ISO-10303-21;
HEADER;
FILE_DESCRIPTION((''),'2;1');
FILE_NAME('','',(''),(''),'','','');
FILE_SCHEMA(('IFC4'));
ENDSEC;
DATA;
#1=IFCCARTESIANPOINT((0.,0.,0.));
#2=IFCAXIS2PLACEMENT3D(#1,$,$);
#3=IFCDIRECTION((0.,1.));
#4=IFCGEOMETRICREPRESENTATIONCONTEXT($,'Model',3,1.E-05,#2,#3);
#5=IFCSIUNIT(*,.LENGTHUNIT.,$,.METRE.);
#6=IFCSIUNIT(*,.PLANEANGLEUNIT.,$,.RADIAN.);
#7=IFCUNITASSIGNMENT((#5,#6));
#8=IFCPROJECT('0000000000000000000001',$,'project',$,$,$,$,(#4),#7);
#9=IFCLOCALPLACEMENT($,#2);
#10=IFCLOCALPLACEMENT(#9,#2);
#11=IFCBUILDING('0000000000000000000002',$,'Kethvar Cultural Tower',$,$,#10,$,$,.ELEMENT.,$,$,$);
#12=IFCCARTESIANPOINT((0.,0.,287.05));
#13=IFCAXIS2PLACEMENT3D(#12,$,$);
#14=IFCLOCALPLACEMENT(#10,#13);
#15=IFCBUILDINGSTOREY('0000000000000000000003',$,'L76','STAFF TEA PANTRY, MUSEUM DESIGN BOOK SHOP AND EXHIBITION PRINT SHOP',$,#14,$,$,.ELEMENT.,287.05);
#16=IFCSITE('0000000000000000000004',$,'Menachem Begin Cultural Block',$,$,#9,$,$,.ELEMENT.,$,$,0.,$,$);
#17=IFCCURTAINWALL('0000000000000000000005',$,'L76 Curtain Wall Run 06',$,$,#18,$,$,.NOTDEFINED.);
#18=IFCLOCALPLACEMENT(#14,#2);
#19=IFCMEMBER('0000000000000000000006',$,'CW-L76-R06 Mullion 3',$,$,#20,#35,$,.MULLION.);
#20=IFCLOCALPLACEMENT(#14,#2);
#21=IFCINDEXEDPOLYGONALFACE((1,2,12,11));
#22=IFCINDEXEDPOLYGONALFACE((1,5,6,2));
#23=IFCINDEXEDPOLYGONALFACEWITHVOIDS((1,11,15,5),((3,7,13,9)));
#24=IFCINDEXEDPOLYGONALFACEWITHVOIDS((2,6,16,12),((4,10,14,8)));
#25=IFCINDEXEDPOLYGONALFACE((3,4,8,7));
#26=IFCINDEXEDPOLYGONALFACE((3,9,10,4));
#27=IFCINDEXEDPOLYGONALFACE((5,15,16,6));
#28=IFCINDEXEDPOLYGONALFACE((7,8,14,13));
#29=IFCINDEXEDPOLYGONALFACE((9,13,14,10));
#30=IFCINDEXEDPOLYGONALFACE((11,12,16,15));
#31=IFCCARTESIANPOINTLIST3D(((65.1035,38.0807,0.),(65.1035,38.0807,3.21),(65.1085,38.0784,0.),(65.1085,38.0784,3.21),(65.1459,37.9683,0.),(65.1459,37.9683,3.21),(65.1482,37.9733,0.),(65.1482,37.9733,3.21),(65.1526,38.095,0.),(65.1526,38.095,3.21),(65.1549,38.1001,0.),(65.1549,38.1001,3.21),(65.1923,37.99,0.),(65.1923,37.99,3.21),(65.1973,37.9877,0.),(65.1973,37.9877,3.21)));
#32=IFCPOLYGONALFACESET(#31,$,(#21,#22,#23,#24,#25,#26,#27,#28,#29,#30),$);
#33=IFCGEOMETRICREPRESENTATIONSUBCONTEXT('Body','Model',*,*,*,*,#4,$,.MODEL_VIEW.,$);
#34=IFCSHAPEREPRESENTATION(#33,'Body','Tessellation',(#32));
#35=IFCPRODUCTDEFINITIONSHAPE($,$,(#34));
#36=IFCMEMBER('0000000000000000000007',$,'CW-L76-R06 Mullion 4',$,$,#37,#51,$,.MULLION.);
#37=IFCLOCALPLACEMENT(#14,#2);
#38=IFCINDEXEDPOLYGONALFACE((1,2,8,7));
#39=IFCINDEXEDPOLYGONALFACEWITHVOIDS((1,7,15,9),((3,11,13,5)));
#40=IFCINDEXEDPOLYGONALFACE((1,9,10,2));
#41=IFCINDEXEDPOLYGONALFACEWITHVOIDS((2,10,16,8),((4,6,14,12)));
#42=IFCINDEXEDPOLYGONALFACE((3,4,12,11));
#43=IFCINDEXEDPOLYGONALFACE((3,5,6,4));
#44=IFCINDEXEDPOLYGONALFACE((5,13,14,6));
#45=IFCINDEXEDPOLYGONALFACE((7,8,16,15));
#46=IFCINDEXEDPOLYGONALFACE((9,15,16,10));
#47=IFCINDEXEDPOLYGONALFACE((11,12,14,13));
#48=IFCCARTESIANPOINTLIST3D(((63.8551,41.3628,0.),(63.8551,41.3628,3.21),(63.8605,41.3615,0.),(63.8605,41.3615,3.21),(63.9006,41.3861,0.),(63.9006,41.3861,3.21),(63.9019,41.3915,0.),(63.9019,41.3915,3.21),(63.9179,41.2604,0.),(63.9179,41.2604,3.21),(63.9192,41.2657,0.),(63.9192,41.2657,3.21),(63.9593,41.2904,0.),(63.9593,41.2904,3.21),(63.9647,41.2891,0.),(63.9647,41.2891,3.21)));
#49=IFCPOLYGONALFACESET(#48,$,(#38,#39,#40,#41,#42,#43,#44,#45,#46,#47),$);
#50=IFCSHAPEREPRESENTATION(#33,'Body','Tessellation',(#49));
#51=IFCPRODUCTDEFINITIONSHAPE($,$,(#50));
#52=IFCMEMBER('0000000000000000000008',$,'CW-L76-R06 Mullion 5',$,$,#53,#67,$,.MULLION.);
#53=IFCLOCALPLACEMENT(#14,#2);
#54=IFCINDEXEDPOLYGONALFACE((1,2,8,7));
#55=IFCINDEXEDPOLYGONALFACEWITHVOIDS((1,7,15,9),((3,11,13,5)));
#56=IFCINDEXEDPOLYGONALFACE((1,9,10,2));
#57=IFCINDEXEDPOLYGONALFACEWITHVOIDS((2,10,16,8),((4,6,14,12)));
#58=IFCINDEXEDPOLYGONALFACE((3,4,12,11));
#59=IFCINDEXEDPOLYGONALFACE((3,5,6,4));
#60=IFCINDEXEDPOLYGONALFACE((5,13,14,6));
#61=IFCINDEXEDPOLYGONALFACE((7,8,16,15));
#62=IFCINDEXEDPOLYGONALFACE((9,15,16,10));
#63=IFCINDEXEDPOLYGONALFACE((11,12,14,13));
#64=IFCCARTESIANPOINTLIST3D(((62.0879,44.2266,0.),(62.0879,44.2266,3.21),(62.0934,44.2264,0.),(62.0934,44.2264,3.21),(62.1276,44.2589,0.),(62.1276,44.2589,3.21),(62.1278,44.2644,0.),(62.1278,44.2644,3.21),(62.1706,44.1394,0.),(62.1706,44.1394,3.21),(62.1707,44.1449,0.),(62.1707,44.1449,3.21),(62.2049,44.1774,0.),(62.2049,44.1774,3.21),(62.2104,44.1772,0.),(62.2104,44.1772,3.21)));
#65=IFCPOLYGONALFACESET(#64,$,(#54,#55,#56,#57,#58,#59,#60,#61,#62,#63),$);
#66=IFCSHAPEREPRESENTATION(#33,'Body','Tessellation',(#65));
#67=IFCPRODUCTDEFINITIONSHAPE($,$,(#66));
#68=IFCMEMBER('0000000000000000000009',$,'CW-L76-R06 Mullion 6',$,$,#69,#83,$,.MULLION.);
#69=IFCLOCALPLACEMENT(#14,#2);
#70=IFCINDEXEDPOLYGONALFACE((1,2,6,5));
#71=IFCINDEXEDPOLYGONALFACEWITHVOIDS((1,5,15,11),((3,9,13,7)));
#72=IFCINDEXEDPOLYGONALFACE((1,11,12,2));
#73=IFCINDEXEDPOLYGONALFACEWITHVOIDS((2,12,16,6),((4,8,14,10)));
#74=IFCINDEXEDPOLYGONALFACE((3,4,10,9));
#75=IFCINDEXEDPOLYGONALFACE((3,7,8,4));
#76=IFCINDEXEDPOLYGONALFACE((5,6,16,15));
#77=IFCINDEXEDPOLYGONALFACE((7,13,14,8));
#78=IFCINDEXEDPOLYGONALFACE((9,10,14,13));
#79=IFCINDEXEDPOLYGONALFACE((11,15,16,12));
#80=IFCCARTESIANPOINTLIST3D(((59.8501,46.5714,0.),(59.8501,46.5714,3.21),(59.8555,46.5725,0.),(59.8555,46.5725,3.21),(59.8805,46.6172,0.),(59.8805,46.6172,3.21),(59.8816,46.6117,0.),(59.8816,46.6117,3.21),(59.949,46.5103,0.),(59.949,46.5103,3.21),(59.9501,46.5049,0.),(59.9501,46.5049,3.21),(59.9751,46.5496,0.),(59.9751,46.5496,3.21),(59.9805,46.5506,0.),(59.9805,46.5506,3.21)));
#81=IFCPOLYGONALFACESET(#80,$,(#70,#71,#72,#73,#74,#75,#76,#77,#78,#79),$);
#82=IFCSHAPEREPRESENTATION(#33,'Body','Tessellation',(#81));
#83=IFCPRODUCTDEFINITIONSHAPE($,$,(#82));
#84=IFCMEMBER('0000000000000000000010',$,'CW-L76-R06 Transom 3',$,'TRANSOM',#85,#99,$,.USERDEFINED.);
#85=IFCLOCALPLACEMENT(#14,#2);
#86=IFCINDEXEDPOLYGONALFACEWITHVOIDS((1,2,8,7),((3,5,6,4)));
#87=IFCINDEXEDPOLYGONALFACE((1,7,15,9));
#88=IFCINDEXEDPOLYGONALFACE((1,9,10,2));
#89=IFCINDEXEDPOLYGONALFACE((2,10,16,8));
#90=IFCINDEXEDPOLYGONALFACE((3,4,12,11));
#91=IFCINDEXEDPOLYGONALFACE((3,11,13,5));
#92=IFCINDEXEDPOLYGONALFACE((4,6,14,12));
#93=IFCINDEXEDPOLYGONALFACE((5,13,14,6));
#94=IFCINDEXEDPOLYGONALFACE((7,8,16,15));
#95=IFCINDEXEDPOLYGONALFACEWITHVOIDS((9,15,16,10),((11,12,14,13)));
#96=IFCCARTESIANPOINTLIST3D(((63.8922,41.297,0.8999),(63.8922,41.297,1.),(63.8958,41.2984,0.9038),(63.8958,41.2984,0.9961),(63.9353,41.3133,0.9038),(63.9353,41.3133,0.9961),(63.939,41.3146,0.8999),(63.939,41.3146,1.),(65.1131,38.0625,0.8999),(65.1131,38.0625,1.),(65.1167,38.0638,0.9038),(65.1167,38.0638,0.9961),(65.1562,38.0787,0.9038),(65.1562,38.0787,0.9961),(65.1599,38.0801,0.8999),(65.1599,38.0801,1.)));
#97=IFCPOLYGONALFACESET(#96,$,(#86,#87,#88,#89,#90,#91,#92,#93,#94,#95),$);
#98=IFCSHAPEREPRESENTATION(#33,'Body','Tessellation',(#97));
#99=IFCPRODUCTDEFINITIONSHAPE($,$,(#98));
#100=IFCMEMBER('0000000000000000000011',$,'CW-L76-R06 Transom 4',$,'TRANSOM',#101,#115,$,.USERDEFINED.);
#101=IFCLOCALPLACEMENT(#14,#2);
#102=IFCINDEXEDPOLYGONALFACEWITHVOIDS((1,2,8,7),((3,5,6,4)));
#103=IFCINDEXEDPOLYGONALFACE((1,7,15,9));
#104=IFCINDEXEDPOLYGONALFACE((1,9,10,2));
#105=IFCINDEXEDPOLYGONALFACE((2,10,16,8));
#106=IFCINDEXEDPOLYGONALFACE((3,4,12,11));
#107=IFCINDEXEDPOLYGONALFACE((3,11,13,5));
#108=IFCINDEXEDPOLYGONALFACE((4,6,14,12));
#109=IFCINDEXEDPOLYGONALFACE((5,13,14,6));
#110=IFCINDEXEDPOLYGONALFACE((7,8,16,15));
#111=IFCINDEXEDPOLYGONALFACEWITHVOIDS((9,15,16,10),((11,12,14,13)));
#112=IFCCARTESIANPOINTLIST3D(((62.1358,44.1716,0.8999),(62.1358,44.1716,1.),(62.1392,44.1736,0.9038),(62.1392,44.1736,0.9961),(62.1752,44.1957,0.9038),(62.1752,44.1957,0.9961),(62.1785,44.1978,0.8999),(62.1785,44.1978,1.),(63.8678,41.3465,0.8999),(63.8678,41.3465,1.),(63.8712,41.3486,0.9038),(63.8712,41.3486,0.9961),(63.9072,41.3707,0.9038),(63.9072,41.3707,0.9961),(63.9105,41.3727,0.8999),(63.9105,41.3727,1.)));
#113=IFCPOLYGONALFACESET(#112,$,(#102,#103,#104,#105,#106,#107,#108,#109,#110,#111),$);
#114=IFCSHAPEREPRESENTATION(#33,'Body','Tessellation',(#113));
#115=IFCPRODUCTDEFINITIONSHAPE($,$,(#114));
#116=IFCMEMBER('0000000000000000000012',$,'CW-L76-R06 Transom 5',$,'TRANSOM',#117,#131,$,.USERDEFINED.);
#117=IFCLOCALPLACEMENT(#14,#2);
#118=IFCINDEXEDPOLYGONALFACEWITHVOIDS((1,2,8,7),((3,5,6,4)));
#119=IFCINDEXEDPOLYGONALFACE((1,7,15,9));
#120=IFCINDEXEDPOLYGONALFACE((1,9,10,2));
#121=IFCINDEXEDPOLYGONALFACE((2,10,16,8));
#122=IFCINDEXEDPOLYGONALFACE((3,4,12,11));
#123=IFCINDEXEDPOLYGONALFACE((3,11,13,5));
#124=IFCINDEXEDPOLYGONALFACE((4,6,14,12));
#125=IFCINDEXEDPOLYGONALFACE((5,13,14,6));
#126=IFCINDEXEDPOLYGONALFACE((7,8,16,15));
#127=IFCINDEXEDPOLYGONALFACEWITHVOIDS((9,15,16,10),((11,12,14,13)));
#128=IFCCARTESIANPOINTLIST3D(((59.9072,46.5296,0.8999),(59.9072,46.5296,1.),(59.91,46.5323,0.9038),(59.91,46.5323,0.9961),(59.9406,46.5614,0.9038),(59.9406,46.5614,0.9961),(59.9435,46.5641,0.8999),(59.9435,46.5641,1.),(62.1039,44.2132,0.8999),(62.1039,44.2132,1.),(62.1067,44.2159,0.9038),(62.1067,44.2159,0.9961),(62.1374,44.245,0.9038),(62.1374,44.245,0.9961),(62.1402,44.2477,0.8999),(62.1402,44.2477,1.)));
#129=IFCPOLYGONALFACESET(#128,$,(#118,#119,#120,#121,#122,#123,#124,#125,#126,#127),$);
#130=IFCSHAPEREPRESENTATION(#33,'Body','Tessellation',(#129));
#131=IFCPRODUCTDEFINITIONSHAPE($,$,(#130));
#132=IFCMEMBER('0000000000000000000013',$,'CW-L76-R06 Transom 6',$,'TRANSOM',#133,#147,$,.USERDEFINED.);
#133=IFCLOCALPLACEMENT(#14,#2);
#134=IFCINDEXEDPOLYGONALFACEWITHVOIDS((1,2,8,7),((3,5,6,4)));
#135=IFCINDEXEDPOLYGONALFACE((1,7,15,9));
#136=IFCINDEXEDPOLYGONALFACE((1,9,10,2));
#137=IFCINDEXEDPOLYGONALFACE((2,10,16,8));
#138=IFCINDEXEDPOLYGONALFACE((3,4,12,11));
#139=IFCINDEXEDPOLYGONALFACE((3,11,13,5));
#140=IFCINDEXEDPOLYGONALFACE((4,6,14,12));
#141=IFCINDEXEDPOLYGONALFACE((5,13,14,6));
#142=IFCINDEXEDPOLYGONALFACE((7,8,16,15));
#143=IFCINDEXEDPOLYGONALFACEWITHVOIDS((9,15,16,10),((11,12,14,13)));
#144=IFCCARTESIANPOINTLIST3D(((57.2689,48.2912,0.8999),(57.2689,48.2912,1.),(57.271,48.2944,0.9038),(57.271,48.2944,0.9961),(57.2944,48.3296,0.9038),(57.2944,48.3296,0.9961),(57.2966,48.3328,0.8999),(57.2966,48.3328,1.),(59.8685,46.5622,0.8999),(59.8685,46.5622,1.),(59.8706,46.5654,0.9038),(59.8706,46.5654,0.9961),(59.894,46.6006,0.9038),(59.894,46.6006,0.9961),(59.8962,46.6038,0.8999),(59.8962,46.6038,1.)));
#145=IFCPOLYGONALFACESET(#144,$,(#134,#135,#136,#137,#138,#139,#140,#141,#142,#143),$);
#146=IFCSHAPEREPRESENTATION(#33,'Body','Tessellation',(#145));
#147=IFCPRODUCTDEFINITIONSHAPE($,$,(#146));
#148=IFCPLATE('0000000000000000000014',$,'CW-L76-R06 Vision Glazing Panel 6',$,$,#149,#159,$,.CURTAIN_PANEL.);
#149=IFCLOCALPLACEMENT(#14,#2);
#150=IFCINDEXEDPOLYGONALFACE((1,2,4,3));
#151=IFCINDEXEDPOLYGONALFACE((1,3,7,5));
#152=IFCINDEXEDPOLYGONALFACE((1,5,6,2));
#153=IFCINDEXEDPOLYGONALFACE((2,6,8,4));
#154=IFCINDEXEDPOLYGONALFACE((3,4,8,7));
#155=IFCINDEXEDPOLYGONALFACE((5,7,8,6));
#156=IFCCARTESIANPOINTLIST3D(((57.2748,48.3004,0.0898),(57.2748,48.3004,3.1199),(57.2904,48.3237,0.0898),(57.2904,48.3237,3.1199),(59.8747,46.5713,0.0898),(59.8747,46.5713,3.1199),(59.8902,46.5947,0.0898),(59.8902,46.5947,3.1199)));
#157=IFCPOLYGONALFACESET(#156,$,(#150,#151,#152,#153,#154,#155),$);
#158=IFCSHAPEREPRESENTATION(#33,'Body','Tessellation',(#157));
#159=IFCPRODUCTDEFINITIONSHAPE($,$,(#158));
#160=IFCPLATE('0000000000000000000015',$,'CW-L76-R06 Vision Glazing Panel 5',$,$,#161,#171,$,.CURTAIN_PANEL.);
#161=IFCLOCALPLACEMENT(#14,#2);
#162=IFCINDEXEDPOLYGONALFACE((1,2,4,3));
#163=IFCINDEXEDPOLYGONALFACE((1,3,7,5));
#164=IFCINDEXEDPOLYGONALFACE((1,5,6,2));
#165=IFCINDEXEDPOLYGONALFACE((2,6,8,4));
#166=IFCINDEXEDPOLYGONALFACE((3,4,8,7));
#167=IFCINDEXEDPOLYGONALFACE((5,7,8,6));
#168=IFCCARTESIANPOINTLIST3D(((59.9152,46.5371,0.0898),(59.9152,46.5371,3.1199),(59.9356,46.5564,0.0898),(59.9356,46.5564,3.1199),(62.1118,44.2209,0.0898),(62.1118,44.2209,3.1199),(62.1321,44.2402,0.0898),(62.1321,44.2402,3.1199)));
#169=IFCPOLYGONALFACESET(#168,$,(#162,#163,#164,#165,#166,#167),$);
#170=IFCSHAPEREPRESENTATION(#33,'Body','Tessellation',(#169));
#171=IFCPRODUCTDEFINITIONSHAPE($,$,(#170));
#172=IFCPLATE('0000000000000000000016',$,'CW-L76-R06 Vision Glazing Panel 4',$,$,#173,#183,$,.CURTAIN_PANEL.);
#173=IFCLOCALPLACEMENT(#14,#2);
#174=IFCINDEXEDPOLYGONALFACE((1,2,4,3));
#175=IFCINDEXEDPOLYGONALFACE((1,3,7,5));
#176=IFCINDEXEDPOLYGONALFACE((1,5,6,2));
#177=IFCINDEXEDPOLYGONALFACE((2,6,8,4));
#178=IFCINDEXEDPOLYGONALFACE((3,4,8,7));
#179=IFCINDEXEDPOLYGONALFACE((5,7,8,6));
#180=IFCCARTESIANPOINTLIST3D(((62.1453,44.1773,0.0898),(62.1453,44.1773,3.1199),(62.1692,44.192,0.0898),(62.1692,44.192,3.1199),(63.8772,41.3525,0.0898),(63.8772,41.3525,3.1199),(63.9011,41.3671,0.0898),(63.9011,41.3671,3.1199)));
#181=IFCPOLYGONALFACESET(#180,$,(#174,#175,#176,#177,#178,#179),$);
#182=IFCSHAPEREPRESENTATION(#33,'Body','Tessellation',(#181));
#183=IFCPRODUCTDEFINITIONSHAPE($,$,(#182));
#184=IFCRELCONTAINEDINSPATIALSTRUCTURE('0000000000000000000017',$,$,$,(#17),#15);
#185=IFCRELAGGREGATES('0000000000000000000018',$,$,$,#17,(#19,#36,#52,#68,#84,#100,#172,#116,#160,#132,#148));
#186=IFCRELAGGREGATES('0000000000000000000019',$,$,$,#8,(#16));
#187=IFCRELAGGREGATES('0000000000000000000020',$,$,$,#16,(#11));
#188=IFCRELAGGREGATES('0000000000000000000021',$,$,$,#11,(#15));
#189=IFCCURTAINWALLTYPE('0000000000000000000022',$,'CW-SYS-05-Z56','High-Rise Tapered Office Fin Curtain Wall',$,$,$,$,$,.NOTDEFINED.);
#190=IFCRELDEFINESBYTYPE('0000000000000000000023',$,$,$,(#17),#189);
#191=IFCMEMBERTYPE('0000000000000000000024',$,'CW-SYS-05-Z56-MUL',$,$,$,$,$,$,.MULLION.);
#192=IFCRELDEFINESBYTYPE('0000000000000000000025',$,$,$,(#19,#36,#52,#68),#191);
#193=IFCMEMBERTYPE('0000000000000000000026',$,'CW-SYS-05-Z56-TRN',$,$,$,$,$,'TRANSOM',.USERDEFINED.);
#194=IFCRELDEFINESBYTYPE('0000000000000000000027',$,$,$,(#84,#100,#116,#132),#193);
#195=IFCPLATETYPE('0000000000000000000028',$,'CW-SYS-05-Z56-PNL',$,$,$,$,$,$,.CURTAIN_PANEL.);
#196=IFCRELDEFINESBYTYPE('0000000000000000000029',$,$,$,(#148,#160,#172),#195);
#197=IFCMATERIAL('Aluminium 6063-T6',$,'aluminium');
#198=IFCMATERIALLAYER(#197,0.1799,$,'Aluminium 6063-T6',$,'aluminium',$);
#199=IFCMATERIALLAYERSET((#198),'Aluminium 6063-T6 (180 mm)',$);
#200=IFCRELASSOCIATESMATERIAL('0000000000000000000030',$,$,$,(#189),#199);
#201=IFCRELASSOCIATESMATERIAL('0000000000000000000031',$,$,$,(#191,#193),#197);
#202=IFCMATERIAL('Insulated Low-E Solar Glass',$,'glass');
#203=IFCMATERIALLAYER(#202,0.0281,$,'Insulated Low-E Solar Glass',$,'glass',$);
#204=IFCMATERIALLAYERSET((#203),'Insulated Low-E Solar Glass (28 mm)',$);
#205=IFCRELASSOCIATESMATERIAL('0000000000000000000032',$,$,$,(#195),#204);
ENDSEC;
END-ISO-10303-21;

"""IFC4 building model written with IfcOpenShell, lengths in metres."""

from ifc_helpers import new_model, si_unit, direction, frame, origin, origin_2d, place, context, subcontext, project, spatial, rectangle, hollow_rectangle, extrude, source, transform, mapped, material, layer, layer_set, material_profile, profile_set, type_object, element, aggregate, save


model = new_model("IFC4")

# Units and contexts
model_context = context("Model", 3, precision=1e-05, world=origin(), true_north=direction((0.0, 1.0)))
body_context = subcontext(model_context, "Body", "Model", "MODEL_VIEW")
ifc_project = project(units=[si_unit("LENGTHUNIT", "METRE"), si_unit("PLANEANGLEUNIT", "RADIAN")], contexts=[model_context])

# Site, building, storey
site_placement = place(None, origin())
site = spatial("IfcSite", under=ifc_project, at=site_placement, Name="Menachem Begin Cultural Block", CompositionType="ELEMENT", RefElevation=0.0)
building_placement = place(site_placement, origin())
building = spatial("IfcBuilding", under=site, at=building_placement, Name="Kethvar Cultural Tower", CompositionType="ELEMENT")
storey_placement = place(building_placement, frame((0.0, 0.0, 287.05)))
storey = spatial("IfcBuildingStorey", under=building, at=storey_placement, Name="L76", Description="STAFF TEA PANTRY, MUSEUM DESIGN BOOK SHOP AND EXHIBITION PRINT SHOP", CompositionType="ELEMENT", Elevation=287.05)

# Curtain wall, members, plates
ifc_material_1 = material(Name="Aluminium 6063-T6", Category="aluminium")
ifc_layer_1 = layer(ifc_material_1, 0.1799, Name="Aluminium 6063-T6", Category="aluminium")
ifc_layer_set_1 = layer_set([ifc_layer_1], Name="Aluminium 6063-T6 (180 mm)")
curtain_wall_type = type_object("IfcCurtainWallType", Name="CW-SYS-05-Z56", Description="High-Rise Tapered Office Fin Curtain Wall", PredefinedType="NOTDEFINED", material=ifc_layer_set_1)
curtain_wall_placement = place(storey_placement, origin())
curtain_wall = element("IfcCurtainWall", 1, at=curtain_wall_placement, inside=storey, type_object=curtain_wall_type, Name="L76 Curtain Wall Run 06", PredefinedType="NOTDEFINED")
ifc_material_profile_1 = material_profile(ifc_material_1, hollow_rectangle(XDim=0.0549, YDim=0.1201, WallThickness=0.0039, at=origin_2d()), Name="Aluminium 6063-T6 — RHS120x55x4")
ifc_profile_set_1 = profile_set([ifc_material_profile_1], Name="Aluminium 6063-T6 — RHS120x55x4")
member_type_1 = type_object("IfcMemberType", Name="CW-SYS-05-Z56-MUL", PredefinedType="MULLION", material=ifc_profile_set_1)
shared_shape_1 = source(origin(), body_context, "Body", "SweptSolid", [
    extrude(hollow_rectangle(XDim=0.0549, YDim=0.1201, WallThickness=0.0039, at=origin_2d()), origin(), (0.0, 0.0, 1.0), 3.21),
])
member_1_placement = place(storey_placement, frame((65.1504, 38.0342, 0.0), z_axis=(0.0, 0.0, 1.0), x_axis=(-0.935567, -0.353148, 0.0)))
member_1 = element("IfcMember", 2, at=member_1_placement, type_object=member_type_1, Name="CW-L76-R06 Mullion 3", PredefinedType="MULLION", context=body_context, shape_type="MappedRepresentation", body=[
    mapped(shared_shape_1, transform((0.0, 0.0, 0.0), scale=1.0)),
])
member_2_placement = place(storey_placement, frame((63.9099, 41.3259, 0.0), z_axis=(0.0, 0.0, 1.0), x_axis=(-0.852531, -0.522677, 0.0)))
member_2 = element("IfcMember", 3, at=member_2_placement, type_object=member_type_1, Name="CW-L76-R06 Mullion 4", PredefinedType="MULLION", context=body_context, shape_type="MappedRepresentation", body=[
    mapped(shared_shape_1, transform((0.0, 0.0, 0.0), scale=1.0)),
])
member_3_placement = place(storey_placement, frame((62.1492, 44.2019, 0.0), z_axis=(0.0, 0.0, 1.0), x_axis=(-0.725603, -0.688114, 0.0)))
member_3 = element("IfcMember", 4, at=member_3_placement, type_object=member_type_1, Name="CW-L76-R06 Mullion 5", PredefinedType="MULLION", context=body_context, shape_type="MappedRepresentation", body=[
    mapped(shared_shape_1, transform((0.0, 0.0, 0.0), scale=1.0)),
])
member_4_placement = place(storey_placement, frame((59.9153, 46.561, 0.0), z_axis=(0.0, 0.0, 1.0), x_axis=(-0.553784, -0.83266, 0.0)))
member_4 = element("IfcMember", 5, at=member_4_placement, type_object=member_type_1, Name="CW-L76-R06 Mullion 6", PredefinedType="MULLION", context=body_context, shape_type="MappedRepresentation", body=[
    mapped(shared_shape_1, transform((0.0, 0.0, 0.0), scale=1.0)),
])
ifc_material_profile_2 = material_profile(ifc_material_1, hollow_rectangle(XDim=0.05, YDim=0.1001, WallThickness=0.0039, at=origin_2d()), Name="Aluminium 6063-T6 — RHS100x50x4")
ifc_profile_set_2 = profile_set([ifc_material_profile_2], Name="Aluminium 6063-T6 — RHS100x50x4")
member_type_2 = type_object("IfcMemberType", Name="CW-SYS-05-Z56-TRN", ElementType="TRANSOM", PredefinedType="USERDEFINED", material=ifc_profile_set_2)
shared_shape_2 = source(origin(), body_context, "Body", "SweptSolid", [
    extrude(hollow_rectangle(XDim=0.05, YDim=0.1001, WallThickness=0.0039, at=origin_2d()), origin(), (0.0, 0.0, 1.0), 3.4573),
])
member_5_placement = place(storey_placement, frame((65.1365, 38.0713, 0.95), z_axis=(-0.353142, 0.93557, 0.0), x_axis=(-0.93557, -0.353142, 0.0)))
member_5 = element("IfcMember", 6, at=member_5_placement, type_object=member_type_2, Name="CW-L76-R06 Transom 3", ObjectType="TRANSOM", PredefinedType="USERDEFINED", context=body_context, shape_type="MappedRepresentation", body=[
    mapped(shared_shape_2, transform((0.0, 0.0, 0.0), scale=1.0)),
])
shared_shape_3 = source(origin(), body_context, "Body", "SweptSolid", [
    extrude(hollow_rectangle(XDim=0.05, YDim=0.1001, WallThickness=0.0039, at=origin_2d()), origin(), (0.0, 0.0, 1.0), 3.3137),
])
member_6_placement = place(storey_placement, frame((63.8892, 41.3596, 0.95), z_axis=(-0.522674, 0.852532, 0.0), x_axis=(-0.852532, -0.522674, 0.0)))
member_6 = element("IfcMember", 7, at=member_6_placement, type_object=member_type_2, Name="CW-L76-R06 Transom 4", ObjectType="TRANSOM", PredefinedType="USERDEFINED", context=body_context, shape_type="MappedRepresentation", body=[
    mapped(shared_shape_3, transform((0.0, 0.0, 0.0), scale=1.0)),
])
shared_shape_4 = source(origin(), body_context, "Body", "SweptSolid", [
    extrude(hollow_rectangle(XDim=0.05, YDim=0.1001, WallThickness=0.0039, at=origin_2d()), origin(), (0.0, 0.0, 1.0), 3.1924),
])
member_7_placement = place(storey_placement, frame((62.1221, 44.2305, 0.95), z_axis=(-0.688122, 0.725595, 0.0), x_axis=(-0.725595, -0.688122, 0.0)))
member_7 = element("IfcMember", 8, at=member_7_placement, type_object=member_type_2, Name="CW-L76-R06 Transom 5", ObjectType="TRANSOM", PredefinedType="USERDEFINED", context=body_context, shape_type="MappedRepresentation", body=[
    mapped(shared_shape_4, transform((0.0, 0.0, 0.0), scale=1.0)),
])
shared_shape_5 = source(origin(), body_context, "Body", "SweptSolid", [
    extrude(hollow_rectangle(XDim=0.05, YDim=0.1001, WallThickness=0.0039, at=origin_2d()), origin(), (0.0, 0.0, 1.0), 3.1221),
])
member_8_placement = place(storey_placement, frame((59.8823, 46.583, 0.95), z_axis=(-0.832651, 0.553798, 0.0), x_axis=(-0.553798, -0.832651, 0.0)))
member_8 = element("IfcMember", 9, at=member_8_placement, type_object=member_type_2, Name="CW-L76-R06 Transom 6", ObjectType="TRANSOM", PredefinedType="USERDEFINED", context=body_context, shape_type="MappedRepresentation", body=[
    mapped(shared_shape_5, transform((0.0, 0.0, 0.0), scale=1.0)),
])
ifc_material_2 = material(Name="Insulated Low-E Solar Glass", Category="glass")
ifc_layer_2 = layer(ifc_material_2, 0.0281, Name="Insulated Low-E Solar Glass", Category="glass")
ifc_layer_set_2 = layer_set([ifc_layer_2], Name="Insulated Low-E Solar Glass (28 mm)")
plate_type = type_object("IfcPlateType", Name="CW-SYS-05-Z56-PNL", PredefinedType="CURTAIN_PANEL", material=ifc_layer_set_2)
shared_shape_6 = source(origin(), body_context, "Body", "SweptSolid", [
    extrude(rectangle(XDim=3.1223, YDim=0.0281, at=origin_2d()), origin(), (0.0, 0.0, 1.0), 3.03),
])
plate_1_placement = place(storey_placement, frame((58.5825, 47.4475, 0.0898), z_axis=(0.0, 0.0, 1.0), x_axis=(-0.83266, 0.553784, 0.0)))
plate_1 = element("IfcPlate", 10, at=plate_1_placement, type_object=plate_type, Name="CW-L76-R06 Vision Glazing Panel 6", PredefinedType="CURTAIN_PANEL", context=body_context, shape_type="MappedRepresentation", body=[
    mapped(shared_shape_6, transform((0.0, 0.0, 0.0), scale=1.0)),
])
shared_shape_7 = source(origin(), body_context, "Body", "SweptSolid", [
    extrude(rectangle(XDim=3.1921, YDim=0.0281, at=origin_2d()), origin(), (0.0, 0.0, 1.0), 3.03),
])
plate_2_placement = place(storey_placement, frame((61.0237, 45.3887, 0.0898), z_axis=(0.0, 0.0, 1.0), x_axis=(-0.688114, 0.725603, 0.0)))
plate_2 = element("IfcPlate", 11, at=plate_2_placement, type_object=plate_type, Name="CW-L76-R06 Vision Glazing Panel 5", PredefinedType="CURTAIN_PANEL", context=body_context, shape_type="MappedRepresentation", body=[
    mapped(shared_shape_7, transform((0.0, 0.0, 0.0), scale=1.0)),
])
shared_shape_8 = source(origin(), body_context, "Body", "SweptSolid", [
    extrude(rectangle(XDim=3.3135, YDim=0.0281, at=origin_2d()), origin(), (0.0, 0.0, 1.0), 3.03),
])
plate_3_placement = place(storey_placement, frame((63.0232, 42.7722, 0.0898), z_axis=(0.0, 0.0, 1.0), x_axis=(-0.522677, 0.852531, 0.0)))
plate_3 = element("IfcPlate", 12, at=plate_3_placement, type_object=plate_type, Name="CW-L76-R06 Vision Glazing Panel 4", PredefinedType="CURTAIN_PANEL", context=body_context, shape_type="MappedRepresentation", body=[
    mapped(shared_shape_8, transform((0.0, 0.0, 0.0), scale=1.0)),
])
aggregate(curtain_wall, [member_1, member_2, member_3, member_4, member_5, member_6, plate_3, member_7, plate_2, member_8, plate_1])

save(model, "model.ifc")
